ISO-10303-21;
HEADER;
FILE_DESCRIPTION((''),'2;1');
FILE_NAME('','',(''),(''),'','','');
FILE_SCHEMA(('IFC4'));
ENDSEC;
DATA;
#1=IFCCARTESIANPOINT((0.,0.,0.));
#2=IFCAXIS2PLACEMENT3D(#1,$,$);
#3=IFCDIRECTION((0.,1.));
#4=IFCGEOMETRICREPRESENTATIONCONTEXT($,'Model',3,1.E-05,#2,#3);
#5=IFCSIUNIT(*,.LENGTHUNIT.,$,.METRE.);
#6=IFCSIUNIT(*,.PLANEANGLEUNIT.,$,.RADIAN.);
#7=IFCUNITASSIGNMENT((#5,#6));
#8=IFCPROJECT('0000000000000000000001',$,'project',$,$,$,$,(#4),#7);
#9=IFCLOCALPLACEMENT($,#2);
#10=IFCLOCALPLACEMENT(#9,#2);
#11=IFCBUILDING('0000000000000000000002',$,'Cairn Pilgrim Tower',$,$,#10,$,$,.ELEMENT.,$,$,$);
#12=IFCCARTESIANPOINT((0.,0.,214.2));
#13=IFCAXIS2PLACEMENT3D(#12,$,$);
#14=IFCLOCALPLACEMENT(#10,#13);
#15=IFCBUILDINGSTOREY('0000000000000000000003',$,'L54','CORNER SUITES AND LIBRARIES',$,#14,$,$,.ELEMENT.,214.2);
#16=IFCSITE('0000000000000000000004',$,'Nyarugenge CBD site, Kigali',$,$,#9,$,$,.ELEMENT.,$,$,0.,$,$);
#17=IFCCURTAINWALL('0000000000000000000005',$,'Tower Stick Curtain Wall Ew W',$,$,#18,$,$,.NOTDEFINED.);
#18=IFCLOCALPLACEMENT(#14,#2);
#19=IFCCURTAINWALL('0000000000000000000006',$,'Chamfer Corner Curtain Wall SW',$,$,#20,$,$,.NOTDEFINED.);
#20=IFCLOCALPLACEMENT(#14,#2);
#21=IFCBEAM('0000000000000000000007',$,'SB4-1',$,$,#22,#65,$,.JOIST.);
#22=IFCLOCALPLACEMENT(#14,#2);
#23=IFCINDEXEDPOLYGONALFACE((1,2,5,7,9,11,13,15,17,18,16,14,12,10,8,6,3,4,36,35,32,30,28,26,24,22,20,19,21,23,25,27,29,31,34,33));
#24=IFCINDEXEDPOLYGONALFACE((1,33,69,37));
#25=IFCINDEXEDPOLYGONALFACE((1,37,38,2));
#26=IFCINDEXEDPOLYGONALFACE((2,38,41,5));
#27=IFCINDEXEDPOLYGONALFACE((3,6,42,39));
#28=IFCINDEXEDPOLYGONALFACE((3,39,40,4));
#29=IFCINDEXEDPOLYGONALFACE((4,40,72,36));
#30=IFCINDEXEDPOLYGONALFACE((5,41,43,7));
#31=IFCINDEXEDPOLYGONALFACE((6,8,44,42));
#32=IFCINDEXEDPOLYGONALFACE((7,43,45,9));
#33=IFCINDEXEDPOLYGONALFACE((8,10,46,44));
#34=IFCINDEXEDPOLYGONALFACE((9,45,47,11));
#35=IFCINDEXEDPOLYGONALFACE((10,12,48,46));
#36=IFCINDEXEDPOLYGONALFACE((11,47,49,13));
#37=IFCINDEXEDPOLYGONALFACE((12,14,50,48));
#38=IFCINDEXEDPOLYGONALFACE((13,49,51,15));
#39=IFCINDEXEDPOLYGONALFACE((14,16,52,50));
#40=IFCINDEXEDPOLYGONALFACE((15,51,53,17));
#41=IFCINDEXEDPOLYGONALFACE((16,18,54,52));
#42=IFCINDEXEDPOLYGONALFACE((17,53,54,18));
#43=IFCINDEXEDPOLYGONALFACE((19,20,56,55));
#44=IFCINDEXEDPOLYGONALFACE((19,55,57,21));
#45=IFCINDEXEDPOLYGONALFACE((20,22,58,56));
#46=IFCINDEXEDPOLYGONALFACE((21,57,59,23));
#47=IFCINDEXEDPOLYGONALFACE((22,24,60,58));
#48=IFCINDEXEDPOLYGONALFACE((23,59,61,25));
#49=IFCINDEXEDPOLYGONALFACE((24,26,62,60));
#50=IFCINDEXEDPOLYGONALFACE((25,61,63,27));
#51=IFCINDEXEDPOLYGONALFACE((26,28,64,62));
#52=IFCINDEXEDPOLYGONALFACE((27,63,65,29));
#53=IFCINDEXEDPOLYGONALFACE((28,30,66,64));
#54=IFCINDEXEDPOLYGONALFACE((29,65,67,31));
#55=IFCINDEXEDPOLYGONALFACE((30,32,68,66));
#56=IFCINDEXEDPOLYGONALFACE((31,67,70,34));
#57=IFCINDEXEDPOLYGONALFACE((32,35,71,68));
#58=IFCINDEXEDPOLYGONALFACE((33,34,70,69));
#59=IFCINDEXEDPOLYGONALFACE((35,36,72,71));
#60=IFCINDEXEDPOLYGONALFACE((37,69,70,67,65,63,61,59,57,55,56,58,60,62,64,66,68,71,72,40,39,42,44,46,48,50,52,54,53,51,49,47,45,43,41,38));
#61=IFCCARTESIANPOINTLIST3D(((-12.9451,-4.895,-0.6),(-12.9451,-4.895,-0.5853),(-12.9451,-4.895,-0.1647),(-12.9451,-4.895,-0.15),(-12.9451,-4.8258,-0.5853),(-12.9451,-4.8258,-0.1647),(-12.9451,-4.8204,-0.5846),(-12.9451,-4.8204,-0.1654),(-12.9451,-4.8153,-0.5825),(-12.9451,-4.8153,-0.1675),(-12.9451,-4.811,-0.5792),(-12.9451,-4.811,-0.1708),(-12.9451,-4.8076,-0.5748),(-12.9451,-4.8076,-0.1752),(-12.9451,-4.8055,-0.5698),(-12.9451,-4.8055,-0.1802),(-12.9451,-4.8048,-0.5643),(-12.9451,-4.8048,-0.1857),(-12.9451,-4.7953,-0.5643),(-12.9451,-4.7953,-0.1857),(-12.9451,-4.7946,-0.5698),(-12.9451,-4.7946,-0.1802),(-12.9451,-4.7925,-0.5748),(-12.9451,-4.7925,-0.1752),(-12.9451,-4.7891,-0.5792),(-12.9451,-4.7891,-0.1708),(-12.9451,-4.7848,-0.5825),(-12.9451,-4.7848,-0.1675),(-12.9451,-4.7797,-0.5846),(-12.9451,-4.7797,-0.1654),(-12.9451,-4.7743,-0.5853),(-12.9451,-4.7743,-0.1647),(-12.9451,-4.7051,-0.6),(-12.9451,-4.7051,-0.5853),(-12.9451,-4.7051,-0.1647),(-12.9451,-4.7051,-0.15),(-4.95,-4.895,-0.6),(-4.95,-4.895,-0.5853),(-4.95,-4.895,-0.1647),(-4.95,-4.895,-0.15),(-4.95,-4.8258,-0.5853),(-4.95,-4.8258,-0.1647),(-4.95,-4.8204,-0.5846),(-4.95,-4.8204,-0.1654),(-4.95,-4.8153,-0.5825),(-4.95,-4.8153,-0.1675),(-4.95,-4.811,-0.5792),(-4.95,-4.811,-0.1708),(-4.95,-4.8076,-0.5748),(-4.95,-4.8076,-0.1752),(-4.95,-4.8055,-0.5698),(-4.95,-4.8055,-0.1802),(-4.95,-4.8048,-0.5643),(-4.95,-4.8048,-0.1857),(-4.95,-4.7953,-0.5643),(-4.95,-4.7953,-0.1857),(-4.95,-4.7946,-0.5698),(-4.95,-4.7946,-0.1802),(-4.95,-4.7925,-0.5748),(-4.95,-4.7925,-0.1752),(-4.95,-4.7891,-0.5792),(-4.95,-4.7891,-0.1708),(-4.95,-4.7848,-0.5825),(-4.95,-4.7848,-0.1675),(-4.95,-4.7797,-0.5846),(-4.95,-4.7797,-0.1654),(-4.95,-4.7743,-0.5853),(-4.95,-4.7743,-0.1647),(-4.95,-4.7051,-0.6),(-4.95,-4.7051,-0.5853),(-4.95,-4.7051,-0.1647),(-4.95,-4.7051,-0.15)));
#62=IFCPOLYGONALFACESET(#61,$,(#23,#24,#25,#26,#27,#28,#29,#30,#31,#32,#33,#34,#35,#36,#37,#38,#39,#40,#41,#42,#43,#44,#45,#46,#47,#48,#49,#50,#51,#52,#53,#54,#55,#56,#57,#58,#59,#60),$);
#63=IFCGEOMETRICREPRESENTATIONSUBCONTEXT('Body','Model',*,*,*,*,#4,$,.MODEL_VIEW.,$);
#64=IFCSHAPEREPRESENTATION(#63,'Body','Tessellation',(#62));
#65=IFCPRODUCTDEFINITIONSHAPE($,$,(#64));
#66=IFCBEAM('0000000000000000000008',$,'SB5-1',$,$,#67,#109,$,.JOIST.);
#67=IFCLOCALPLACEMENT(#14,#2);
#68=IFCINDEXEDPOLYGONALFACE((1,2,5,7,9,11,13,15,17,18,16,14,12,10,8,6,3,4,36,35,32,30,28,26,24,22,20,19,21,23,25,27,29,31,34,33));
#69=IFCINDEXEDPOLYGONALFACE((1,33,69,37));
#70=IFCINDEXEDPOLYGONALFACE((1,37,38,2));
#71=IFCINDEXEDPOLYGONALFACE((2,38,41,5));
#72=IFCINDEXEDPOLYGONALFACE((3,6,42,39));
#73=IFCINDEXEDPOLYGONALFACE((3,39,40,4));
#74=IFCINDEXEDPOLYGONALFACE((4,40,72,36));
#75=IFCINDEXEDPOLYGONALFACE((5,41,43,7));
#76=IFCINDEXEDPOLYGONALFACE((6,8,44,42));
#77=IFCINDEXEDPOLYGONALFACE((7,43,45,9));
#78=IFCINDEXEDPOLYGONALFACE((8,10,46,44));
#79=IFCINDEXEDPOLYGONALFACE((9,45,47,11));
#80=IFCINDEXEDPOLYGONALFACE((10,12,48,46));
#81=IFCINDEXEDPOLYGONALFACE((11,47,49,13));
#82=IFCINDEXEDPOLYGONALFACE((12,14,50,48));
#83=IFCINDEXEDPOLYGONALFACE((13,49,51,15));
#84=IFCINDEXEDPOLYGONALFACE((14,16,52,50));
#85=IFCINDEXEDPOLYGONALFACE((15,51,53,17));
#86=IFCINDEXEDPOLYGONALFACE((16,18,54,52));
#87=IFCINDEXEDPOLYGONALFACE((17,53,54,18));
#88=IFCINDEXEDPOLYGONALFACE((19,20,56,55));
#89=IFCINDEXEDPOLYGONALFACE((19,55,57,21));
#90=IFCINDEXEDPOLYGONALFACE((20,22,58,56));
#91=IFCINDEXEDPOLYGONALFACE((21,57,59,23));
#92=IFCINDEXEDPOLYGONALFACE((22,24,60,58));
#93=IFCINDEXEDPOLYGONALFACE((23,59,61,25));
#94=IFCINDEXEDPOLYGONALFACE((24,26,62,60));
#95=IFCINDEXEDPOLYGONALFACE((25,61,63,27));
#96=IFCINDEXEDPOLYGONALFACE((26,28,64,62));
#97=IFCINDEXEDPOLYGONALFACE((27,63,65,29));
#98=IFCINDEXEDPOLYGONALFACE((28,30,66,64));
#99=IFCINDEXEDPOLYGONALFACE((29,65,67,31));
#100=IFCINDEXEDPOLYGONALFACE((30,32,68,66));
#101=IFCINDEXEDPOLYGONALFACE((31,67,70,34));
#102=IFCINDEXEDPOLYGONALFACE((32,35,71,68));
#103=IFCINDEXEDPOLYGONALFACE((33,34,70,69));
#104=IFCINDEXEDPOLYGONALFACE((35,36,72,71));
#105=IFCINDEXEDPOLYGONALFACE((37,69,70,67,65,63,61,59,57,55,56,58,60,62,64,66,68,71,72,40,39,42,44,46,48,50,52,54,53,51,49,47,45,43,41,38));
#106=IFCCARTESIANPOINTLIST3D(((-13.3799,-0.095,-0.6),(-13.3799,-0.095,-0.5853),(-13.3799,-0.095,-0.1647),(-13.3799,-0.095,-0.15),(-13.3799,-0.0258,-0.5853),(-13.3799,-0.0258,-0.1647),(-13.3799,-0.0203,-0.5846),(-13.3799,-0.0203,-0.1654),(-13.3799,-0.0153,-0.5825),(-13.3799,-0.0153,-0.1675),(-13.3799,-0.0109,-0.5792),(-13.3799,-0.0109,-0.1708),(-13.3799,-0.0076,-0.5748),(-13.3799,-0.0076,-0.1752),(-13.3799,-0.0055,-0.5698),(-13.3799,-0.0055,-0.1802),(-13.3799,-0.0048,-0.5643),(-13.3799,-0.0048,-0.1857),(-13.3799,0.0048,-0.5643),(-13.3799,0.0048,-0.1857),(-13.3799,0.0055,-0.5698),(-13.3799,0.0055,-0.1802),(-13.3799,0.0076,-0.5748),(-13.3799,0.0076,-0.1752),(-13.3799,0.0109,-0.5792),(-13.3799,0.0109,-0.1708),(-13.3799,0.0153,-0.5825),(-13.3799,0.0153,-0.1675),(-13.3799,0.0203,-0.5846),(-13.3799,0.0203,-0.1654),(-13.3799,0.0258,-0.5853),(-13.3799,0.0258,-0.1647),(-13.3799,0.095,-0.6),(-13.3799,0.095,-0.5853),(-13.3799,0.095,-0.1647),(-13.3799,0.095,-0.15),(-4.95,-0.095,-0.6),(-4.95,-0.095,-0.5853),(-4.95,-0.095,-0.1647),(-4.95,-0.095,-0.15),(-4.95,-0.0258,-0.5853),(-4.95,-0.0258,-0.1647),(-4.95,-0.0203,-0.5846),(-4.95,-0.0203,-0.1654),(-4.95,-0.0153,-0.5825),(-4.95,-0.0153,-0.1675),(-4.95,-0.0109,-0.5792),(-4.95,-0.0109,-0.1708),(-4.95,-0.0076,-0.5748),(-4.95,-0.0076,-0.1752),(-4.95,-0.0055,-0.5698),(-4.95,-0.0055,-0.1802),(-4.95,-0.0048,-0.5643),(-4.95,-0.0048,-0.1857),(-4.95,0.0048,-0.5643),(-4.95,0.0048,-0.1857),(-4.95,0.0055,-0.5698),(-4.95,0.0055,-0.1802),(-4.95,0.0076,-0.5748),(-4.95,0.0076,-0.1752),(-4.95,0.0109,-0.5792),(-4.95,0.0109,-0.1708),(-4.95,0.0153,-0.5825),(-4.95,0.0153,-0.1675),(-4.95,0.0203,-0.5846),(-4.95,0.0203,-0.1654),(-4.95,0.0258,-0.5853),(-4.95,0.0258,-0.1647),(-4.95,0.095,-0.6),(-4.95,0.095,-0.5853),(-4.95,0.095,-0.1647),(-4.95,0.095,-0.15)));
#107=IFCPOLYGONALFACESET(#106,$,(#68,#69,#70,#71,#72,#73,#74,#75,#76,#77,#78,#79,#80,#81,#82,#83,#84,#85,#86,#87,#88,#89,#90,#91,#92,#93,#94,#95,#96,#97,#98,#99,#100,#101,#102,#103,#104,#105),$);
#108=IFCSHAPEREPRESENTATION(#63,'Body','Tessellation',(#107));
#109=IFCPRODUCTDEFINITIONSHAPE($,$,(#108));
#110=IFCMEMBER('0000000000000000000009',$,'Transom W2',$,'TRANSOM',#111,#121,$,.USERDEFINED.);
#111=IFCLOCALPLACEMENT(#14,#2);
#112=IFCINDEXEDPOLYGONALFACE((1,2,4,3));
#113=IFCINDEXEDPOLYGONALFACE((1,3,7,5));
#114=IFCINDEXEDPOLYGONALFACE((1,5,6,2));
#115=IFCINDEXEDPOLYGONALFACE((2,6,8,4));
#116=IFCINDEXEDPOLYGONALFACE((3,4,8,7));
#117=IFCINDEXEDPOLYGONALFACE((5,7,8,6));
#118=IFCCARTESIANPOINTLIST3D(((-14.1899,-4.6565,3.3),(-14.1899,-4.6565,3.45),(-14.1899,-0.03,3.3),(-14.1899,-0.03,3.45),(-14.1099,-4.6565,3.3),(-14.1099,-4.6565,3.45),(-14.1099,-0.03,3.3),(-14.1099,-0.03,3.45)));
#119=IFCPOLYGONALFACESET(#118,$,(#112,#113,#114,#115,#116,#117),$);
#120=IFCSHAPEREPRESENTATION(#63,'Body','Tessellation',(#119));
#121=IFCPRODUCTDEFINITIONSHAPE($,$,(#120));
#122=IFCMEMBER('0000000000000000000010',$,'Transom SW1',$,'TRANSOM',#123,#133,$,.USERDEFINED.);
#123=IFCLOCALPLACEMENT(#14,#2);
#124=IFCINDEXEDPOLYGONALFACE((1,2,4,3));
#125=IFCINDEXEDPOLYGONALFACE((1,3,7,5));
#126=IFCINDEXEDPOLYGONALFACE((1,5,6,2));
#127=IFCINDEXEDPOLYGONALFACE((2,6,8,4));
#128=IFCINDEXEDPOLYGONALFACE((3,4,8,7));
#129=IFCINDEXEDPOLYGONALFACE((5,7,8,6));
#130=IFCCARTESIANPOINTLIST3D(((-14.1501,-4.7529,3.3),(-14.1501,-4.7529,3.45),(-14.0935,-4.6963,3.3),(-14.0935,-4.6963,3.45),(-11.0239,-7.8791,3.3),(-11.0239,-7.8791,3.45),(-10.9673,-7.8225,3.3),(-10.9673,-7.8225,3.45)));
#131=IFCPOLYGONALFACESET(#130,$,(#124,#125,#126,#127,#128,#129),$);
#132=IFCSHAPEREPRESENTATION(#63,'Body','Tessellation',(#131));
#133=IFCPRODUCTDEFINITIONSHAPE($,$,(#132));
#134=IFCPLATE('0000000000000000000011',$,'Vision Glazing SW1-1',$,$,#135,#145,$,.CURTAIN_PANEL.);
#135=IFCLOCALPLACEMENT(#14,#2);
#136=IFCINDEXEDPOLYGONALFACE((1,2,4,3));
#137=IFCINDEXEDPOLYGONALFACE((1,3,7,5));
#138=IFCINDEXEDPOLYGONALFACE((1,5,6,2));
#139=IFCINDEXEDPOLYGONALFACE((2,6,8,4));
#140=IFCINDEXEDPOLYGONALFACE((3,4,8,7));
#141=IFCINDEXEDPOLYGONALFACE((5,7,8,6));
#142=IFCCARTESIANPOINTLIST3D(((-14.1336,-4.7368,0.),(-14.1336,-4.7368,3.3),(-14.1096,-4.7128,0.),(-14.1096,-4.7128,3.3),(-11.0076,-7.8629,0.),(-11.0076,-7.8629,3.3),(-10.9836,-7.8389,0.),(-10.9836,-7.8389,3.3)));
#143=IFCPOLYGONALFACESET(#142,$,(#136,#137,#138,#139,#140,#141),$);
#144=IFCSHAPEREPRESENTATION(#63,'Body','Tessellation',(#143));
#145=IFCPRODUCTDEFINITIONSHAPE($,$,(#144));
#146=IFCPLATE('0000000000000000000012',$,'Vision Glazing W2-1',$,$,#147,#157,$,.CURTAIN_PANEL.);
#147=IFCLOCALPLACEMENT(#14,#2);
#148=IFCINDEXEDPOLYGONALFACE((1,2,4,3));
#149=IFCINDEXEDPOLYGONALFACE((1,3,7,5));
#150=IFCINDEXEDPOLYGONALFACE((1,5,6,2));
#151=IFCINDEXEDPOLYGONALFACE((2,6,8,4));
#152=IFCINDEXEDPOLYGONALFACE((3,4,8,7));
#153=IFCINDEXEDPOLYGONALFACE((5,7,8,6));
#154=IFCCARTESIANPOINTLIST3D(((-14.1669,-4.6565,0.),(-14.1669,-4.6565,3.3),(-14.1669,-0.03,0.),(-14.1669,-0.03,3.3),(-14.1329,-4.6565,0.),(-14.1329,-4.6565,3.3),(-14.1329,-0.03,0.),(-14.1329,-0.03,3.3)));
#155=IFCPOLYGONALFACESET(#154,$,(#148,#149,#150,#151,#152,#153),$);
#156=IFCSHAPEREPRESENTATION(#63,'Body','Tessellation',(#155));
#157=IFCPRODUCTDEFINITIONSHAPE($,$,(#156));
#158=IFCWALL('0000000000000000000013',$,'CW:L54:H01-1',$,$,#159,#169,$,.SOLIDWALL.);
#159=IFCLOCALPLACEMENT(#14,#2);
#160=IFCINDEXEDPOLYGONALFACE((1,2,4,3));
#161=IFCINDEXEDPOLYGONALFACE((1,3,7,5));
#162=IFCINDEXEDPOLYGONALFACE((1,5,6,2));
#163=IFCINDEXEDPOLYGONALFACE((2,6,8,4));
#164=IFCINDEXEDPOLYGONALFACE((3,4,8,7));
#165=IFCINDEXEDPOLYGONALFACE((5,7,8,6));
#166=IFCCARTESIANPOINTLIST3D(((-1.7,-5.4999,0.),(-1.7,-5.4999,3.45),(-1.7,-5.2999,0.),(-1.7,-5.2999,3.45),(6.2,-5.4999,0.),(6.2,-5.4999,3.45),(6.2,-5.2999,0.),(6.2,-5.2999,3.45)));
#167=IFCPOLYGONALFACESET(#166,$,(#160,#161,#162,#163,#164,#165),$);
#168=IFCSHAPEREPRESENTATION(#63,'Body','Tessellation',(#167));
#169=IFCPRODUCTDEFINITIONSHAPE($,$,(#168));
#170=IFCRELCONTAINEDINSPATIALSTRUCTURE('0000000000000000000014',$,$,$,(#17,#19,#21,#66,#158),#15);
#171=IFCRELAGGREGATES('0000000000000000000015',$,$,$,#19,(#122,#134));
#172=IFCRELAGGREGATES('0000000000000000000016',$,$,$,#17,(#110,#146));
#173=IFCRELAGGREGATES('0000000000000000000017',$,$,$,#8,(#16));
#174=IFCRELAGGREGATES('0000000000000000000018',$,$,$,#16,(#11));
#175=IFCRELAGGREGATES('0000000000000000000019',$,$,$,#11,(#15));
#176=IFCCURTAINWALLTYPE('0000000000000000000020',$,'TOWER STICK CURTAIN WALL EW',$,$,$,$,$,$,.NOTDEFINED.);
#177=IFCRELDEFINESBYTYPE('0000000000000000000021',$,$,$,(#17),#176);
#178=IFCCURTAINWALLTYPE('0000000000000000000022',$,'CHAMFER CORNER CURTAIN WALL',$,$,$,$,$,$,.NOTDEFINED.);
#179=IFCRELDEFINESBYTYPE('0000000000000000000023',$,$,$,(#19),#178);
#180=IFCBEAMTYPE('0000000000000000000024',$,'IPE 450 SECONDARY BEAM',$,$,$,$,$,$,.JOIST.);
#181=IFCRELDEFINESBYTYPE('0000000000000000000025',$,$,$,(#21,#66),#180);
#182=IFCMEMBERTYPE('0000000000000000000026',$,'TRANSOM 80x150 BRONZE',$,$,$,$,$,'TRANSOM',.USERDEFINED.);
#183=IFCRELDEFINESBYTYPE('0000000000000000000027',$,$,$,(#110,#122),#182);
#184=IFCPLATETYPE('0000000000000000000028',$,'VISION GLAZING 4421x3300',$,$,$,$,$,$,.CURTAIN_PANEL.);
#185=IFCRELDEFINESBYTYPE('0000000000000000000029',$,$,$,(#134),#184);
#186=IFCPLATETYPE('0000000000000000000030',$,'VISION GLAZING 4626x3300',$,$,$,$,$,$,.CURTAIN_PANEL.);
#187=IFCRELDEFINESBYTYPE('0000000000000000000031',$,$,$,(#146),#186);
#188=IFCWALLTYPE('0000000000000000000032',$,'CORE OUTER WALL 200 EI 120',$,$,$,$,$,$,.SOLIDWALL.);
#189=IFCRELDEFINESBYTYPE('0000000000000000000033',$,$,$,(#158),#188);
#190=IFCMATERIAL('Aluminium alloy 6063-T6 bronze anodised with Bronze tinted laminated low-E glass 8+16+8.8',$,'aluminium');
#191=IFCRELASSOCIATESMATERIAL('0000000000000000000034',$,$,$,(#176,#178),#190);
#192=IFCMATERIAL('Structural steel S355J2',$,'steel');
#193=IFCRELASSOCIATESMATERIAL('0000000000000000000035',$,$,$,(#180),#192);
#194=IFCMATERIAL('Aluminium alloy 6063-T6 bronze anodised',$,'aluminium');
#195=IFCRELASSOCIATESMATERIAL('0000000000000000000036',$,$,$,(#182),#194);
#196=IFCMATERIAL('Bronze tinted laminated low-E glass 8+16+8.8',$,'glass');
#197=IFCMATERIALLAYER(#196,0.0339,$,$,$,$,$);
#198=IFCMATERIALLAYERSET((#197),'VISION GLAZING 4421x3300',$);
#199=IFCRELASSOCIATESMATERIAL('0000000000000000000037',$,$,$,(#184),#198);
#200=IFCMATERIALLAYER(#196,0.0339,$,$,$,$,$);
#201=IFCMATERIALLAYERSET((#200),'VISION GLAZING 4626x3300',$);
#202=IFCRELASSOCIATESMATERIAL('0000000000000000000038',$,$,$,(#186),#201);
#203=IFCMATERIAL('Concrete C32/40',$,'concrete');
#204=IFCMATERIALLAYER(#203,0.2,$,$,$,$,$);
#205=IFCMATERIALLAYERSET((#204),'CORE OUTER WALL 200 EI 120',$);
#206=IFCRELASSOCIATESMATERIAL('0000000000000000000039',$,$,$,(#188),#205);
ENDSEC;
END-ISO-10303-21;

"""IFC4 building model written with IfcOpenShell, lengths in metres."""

from ifc_helpers import new_model, si_unit, direction, frame, frame_2d, origin, origin_2d, place, context, subcontext, project, spatial, rectangle, i_section, extrude, material, layer, layer_set, material_profile, profile_set, type_object, element, aggregate, save


model = new_model("IFC4")

# Units and contexts
model_context = context("Model", 3, precision=1e-05, world=origin(), true_north=direction((0.0, 1.0)))
body_context = subcontext(model_context, "Body", "Model", "MODEL_VIEW")
ifc_project = project(units=[si_unit("LENGTHUNIT", "METRE"), si_unit("PLANEANGLEUNIT", "RADIAN")], contexts=[model_context])

# Site, building, storey
site_placement = place(None, origin())
site = spatial("IfcSite", under=ifc_project, at=site_placement, Name="Nyarugenge CBD site, Kigali", CompositionType="ELEMENT", RefElevation=0.0)
building_placement = place(site_placement, origin())
building = spatial("IfcBuilding", under=site, at=building_placement, Name="Cairn Pilgrim Tower", CompositionType="ELEMENT")
storey_placement = place(building_placement, frame((0.0, 0.0, 214.2)))
storey = spatial("IfcBuildingStorey", under=building, at=storey_placement, Name="L54", Description="CORNER SUITES AND LIBRARIES", CompositionType="ELEMENT", Elevation=214.2)

# Curtain wall
ifc_material_1 = material(Name="Aluminium alloy 6063-T6 bronze anodised with Bronze tinted laminated low-E glass 8+16+8.8", Category="aluminium")
curtain_wall_type_1 = type_object("IfcCurtainWallType", Name="TOWER STICK CURTAIN WALL EW", PredefinedType="NOTDEFINED", material=ifc_material_1)
curtain_wall_1_placement = place(storey_placement, origin())
curtain_wall_1 = element("IfcCurtainWall", 1, at=curtain_wall_1_placement, inside=storey, type_object=curtain_wall_type_1, Name="Tower Stick Curtain Wall Ew W", PredefinedType="NOTDEFINED")
ifc_material_2 = material(Name="Aluminium alloy 6063-T6 bronze anodised", Category="aluminium")

# Curtain wall
curtain_wall_type_2 = type_object("IfcCurtainWallType", Name="CHAMFER CORNER CURTAIN WALL", PredefinedType="NOTDEFINED", material=ifc_material_1)
curtain_wall_2_placement = place(storey_placement, origin())
curtain_wall_2 = element("IfcCurtainWall", 2, at=curtain_wall_2_placement, inside=storey, type_object=curtain_wall_type_2, Name="Chamfer Corner Curtain Wall SW", PredefinedType="NOTDEFINED")

# Shared definitions
ifc_material_3 = material(Name="Structural steel S355J2", Category="steel")

# Beams
ifc_material_profile_1 = material_profile(ifc_material_3, i_section(OverallWidth=0.1899, OverallDepth=0.45, WebThickness=0.0095, FlangeThickness=0.0146, FilletRadius=0.021, at=origin_2d()), Name="IPE 450")
ifc_profile_set_1 = profile_set([ifc_material_profile_1], Name="Structural steel S355J2")
beam_type_1 = type_object("IfcBeamType", Name="IPE 450 SECONDARY BEAM", PredefinedType="JOIST", material=ifc_profile_set_1)
beam_1_placement = place(storey_placement, frame((-12.9451, -4.8, -0.375), z_axis=(1.0, 0.0, 0.0), x_axis=(0.0, 1.0, 0.0)))
element("IfcBeam", 3, at=beam_1_placement, inside=storey, type_object=beam_type_1, Name="SB4-1", PredefinedType="JOIST", context=body_context, shape_type="SweptSolid", body=[
    extrude(i_section(OverallWidth=0.1899, OverallDepth=0.45, WebThickness=0.0095, FlangeThickness=0.0146, FilletRadius=0.021, at=origin_2d()), origin(), (0.0, 0.0, 1.0), 7.9951),
])
beam_2_placement = place(storey_placement, frame((-13.3799, 0.0, -0.375), z_axis=(1.0, 0.0, 0.0), x_axis=(0.0, 1.0, 0.0)))
element("IfcBeam", 4, at=beam_2_placement, inside=storey, type_object=beam_type_1, Name="SB5-1", PredefinedType="JOIST", context=body_context, shape_type="SweptSolid", body=[
    extrude(i_section(OverallWidth=0.1899, OverallDepth=0.45, WebThickness=0.0095, FlangeThickness=0.0146, FilletRadius=0.021, at=origin_2d()), origin(), (0.0, 0.0, 1.0), 8.4299),
])

# Members
ifc_material_profile_2 = material_profile(ifc_material_2, rectangle(XDim=0.0801, YDim=0.1499, at=origin_2d()), Name="TRANSOM 80x150 BRONZE")
ifc_profile_set_2 = profile_set([ifc_material_profile_2], Name="Aluminium alloy 6063-T6 bronze anodised")
member_type_1 = type_object("IfcMemberType", Name="TRANSOM 80x150 BRONZE", ElementType="TRANSOM", PredefinedType="USERDEFINED", material=ifc_profile_set_2)
member_1_placement = place(storey_placement, frame((-14.1499, -0.03, 3.375), z_axis=(0.0, -1.0, 0.0), x_axis=(1.0, 0.0, 0.0)))
member_1 = element("IfcMember", 5, at=member_1_placement, type_object=member_type_1, Name="Transom W2", ObjectType="TRANSOM", PredefinedType="USERDEFINED", context=body_context, shape_type="SweptSolid", body=[
    extrude(rectangle(XDim=0.0801, YDim=0.1499, at=origin_2d()), origin(), (0.0, 0.0, 1.0), 4.6265),
])
member_2_placement = place(storey_placement, frame((-14.1218, -4.7246, 3.375), z_axis=(0.707107, -0.707107, 0.0), x_axis=(0.707107, 0.707107, 0.0)))
member_2 = element("IfcMember", 6, at=member_2_placement, type_object=member_type_1, Name="Transom SW1", ObjectType="TRANSOM", PredefinedType="USERDEFINED", context=body_context, shape_type="SweptSolid", body=[
    extrude(rectangle(XDim=0.0801, YDim=0.1499, at=origin_2d()), origin(), (0.0, 0.0, 1.0), 4.4211),
])

# Plates
ifc_material_4 = material(Name="Bronze tinted laminated low-E glass 8+16+8.8", Category="glass")
ifc_layer_1 = layer(ifc_material_4, 0.0339)
ifc_layer_set_1 = layer_set([ifc_layer_1], Name="VISION GLAZING 4421x3300")
plate_type_1 = type_object("IfcPlateType", Name="VISION GLAZING 4421x3300", PredefinedType="CURTAIN_PANEL", material=ifc_layer_set_1)
plate_1_placement = place(storey_placement, frame((-12.5586, -6.2878, 0.0), z_axis=(0.0, 0.0, 1.0), x_axis=(0.707107, -0.707107, 0.0)))
plate_1 = element("IfcPlate", 7, at=plate_1_placement, type_object=plate_type_1, Name="Vision Glazing SW1-1", PredefinedType="CURTAIN_PANEL", context=body_context, shape_type="SweptSolid", body=[
    extrude(rectangle(XDim=4.4209, YDim=0.0339, at=origin_2d()), origin(), (0.0, 0.0, 1.0), 3.3),
])
aggregate(curtain_wall_2, [member_2, plate_1])
ifc_layer_2 = layer(ifc_material_4, 0.0339)
ifc_layer_set_2 = layer_set([ifc_layer_2], Name="VISION GLAZING 4626x3300")
plate_type_2 = type_object("IfcPlateType", Name="VISION GLAZING 4626x3300", PredefinedType="CURTAIN_PANEL", material=ifc_layer_set_2)
plate_2_placement = place(storey_placement, frame((-14.1499, -2.3433, 0.0), z_axis=(0.0, 0.0, 1.0), x_axis=(0.0, -1.0, 0.0)))
plate_2 = element("IfcPlate", 8, at=plate_2_placement, type_object=plate_type_2, Name="Vision Glazing W2-1", PredefinedType="CURTAIN_PANEL", context=body_context, shape_type="SweptSolid", body=[
    extrude(rectangle(XDim=4.6265, YDim=0.0339, at=origin_2d()), origin(), (0.0, 0.0, 1.0), 3.3),
])
aggregate(curtain_wall_1, [member_1, plate_2])

# Wall
ifc_material_5 = material(Name="Concrete C32/40", Category="concrete")
ifc_layer_3 = layer(ifc_material_5, 0.2)
ifc_layer_set_3 = layer_set([ifc_layer_3], Name="CORE OUTER WALL 200 EI 120")
wall_type_1 = type_object("IfcWallType", Name="CORE OUTER WALL 200 EI 120", PredefinedType="SOLIDWALL", material=ifc_layer_set_3)
wall_1_placement = place(storey_placement, frame((-1.7, -5.3999, 0.0), z_axis=(0.0, 0.0, 1.0), x_axis=(1.0, 0.0, 0.0)))
element("IfcWall", 9, at=wall_1_placement, inside=storey, type_object=wall_type_1, Name="CW:L54:H01-1", PredefinedType="SOLIDWALL", context=body_context, shape_type="SweptSolid", body=[
    extrude(rectangle(XDim=7.8999, YDim=0.2, at=frame_2d((3.95, 0.0))), origin(), (0.0, 0.0, 1.0), 3.45),
])

save(model, "model.ifc")
